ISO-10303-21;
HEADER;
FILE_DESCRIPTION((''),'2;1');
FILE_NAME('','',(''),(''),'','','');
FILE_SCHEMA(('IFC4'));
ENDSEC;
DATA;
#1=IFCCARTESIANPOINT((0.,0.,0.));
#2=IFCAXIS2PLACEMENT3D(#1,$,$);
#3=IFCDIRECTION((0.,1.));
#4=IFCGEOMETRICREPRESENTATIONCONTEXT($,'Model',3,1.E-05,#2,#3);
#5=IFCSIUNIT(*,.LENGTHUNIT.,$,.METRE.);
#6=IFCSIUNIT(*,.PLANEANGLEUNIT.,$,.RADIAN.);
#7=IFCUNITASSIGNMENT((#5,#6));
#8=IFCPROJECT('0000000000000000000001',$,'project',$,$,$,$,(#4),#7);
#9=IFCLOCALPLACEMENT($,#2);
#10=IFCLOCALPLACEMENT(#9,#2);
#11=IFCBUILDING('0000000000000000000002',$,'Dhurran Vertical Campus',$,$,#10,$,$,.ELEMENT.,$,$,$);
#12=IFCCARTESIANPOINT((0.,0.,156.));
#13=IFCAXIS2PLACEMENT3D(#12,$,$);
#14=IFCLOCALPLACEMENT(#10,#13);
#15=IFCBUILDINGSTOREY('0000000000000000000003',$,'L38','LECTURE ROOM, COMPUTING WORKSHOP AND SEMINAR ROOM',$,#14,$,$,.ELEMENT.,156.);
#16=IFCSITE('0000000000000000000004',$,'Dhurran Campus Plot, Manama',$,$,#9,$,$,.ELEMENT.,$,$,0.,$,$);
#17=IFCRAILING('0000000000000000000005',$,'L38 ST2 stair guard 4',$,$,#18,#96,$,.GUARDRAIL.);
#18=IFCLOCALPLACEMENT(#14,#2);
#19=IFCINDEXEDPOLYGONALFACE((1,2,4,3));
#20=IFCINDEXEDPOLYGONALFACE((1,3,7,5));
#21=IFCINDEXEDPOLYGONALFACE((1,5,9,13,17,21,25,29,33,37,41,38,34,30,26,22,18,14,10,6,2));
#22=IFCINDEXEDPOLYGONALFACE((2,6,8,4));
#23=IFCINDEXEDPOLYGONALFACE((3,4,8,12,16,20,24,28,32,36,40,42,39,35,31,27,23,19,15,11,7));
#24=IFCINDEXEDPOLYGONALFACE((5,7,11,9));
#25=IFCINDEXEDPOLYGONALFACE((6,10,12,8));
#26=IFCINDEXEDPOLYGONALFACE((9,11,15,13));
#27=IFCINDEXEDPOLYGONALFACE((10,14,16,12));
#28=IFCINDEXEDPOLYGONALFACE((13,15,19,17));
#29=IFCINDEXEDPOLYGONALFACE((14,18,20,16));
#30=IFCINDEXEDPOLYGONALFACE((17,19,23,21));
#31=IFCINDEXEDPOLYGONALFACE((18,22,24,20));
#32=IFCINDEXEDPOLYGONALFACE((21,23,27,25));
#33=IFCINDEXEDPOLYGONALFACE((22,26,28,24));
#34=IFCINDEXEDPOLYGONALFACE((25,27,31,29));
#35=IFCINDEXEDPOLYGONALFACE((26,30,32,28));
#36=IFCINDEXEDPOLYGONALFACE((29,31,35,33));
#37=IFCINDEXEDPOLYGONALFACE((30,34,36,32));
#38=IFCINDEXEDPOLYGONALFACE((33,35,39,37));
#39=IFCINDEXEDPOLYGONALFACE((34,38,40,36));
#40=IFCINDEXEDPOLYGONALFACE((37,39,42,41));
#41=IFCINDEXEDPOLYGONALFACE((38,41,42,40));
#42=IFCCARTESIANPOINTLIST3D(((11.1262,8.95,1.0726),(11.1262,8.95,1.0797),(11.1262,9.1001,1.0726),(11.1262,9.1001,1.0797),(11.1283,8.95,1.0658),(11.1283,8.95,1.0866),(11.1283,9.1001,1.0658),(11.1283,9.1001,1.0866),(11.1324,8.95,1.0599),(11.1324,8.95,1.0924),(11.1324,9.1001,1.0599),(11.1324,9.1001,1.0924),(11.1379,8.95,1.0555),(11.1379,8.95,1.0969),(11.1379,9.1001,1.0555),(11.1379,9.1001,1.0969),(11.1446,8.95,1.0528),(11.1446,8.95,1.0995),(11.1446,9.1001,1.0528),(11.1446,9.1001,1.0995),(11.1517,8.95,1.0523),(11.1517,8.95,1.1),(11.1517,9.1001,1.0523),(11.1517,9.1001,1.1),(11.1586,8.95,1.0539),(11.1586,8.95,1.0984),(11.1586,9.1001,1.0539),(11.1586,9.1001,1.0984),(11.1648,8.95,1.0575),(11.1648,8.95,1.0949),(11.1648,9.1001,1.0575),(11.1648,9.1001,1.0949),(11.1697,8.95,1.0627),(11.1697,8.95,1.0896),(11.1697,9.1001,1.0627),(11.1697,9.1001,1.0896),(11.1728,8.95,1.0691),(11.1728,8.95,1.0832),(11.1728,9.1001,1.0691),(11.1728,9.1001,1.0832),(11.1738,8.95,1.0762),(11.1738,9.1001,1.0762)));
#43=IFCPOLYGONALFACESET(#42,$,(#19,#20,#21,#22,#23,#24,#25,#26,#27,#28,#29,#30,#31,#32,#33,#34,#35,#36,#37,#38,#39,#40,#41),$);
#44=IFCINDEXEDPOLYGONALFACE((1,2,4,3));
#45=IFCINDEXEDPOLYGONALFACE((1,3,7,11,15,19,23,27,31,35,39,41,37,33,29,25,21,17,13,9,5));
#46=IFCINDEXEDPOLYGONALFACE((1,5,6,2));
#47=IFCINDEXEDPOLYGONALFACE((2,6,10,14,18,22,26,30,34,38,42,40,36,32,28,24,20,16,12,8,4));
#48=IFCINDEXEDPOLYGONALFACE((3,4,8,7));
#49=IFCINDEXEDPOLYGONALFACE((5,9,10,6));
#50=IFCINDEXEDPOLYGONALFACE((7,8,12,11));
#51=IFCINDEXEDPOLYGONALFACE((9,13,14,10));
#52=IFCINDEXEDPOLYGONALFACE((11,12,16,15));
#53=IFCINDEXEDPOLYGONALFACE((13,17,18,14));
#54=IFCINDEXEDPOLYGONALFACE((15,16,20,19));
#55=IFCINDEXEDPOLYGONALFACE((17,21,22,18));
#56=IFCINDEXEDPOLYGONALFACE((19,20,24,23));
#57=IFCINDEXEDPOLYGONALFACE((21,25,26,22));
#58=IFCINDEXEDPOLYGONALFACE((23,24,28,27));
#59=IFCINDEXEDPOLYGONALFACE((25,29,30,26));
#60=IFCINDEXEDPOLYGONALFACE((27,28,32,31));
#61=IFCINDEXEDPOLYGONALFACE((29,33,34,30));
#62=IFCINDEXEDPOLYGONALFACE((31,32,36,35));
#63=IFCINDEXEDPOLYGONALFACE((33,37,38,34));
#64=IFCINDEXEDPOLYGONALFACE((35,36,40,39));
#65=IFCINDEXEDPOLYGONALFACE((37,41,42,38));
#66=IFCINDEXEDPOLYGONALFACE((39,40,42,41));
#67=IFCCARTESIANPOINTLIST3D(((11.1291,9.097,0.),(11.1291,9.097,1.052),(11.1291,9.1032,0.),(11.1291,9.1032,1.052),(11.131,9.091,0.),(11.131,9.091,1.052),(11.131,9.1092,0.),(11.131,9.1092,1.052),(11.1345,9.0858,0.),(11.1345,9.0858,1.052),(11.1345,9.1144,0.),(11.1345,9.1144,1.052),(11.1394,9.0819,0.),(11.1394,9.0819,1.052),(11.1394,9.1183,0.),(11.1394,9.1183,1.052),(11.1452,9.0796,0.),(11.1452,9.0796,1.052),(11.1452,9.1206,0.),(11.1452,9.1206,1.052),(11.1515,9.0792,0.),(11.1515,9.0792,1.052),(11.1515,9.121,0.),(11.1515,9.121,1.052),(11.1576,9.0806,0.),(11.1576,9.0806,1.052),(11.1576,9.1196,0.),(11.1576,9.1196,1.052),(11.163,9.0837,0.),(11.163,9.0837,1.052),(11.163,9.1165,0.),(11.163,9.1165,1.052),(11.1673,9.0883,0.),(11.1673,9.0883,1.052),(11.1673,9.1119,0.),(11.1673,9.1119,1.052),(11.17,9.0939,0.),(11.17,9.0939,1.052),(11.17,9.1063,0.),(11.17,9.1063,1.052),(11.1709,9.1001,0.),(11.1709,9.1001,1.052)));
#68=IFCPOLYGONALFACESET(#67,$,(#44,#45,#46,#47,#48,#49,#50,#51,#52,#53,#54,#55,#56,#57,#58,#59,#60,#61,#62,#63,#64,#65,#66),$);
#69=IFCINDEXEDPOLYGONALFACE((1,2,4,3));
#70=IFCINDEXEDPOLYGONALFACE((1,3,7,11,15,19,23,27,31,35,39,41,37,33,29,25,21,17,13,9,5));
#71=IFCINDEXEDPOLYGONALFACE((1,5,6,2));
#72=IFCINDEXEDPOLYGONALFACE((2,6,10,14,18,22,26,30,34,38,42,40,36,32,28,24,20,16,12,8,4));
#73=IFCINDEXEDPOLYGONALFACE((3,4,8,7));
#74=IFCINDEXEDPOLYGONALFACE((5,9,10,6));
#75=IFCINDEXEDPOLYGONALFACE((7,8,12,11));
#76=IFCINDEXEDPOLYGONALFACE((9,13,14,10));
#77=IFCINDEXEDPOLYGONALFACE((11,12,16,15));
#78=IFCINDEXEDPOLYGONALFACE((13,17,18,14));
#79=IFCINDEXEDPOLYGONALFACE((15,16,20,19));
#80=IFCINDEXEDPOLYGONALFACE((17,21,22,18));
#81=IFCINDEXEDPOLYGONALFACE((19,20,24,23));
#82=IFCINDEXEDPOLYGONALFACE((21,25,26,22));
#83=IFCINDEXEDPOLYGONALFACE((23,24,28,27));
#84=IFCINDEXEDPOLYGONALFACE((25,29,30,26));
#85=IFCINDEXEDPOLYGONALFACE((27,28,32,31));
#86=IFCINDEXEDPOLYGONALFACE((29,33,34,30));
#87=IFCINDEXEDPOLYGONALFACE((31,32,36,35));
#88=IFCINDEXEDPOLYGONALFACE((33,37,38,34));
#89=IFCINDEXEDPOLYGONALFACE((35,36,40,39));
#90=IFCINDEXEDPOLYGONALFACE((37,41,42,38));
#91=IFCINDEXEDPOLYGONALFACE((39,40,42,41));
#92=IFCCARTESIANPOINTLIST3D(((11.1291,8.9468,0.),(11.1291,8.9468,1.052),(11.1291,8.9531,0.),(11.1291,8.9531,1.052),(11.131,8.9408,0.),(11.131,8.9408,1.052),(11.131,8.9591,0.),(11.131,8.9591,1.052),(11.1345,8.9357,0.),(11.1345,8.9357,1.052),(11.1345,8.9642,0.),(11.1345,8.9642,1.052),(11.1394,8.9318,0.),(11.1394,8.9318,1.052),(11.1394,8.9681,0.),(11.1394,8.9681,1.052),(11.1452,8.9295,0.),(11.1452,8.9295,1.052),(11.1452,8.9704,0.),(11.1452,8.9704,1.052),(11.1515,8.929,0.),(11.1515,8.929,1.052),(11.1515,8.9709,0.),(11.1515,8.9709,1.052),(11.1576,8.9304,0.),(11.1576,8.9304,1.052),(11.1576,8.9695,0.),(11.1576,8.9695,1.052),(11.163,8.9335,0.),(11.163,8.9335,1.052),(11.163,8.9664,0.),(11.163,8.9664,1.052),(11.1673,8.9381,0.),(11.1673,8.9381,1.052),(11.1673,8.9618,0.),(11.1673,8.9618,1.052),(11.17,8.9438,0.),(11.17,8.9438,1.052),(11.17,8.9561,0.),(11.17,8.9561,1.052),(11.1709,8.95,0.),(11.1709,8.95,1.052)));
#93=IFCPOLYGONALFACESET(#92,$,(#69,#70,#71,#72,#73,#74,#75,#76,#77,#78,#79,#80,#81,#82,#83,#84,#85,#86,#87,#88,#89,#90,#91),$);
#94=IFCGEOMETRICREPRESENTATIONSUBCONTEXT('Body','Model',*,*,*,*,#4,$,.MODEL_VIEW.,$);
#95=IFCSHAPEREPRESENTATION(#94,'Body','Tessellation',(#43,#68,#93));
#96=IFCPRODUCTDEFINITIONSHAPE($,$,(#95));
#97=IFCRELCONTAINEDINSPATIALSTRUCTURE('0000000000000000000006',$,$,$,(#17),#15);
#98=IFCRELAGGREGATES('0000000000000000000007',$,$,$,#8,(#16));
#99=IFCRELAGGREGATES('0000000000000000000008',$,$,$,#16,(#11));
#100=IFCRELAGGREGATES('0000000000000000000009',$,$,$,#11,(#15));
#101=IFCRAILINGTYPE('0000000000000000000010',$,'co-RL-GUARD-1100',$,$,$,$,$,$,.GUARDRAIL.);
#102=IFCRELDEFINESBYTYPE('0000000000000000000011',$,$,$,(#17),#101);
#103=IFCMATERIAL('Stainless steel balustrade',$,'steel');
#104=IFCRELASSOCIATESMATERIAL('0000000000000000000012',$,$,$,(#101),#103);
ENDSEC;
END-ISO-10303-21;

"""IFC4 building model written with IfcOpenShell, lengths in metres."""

from ifc_helpers import new_model, si_unit, direction, frame, origin, origin_2d, place, context, subcontext, project, spatial, circle, extrude, material, type_object, element, save


model = new_model("IFC4")

# Units and contexts
model_context = context("Model", 3, precision=1e-05, world=origin(), true_north=direction((0.0, 1.0)))
body_context = subcontext(model_context, "Body", "Model", "MODEL_VIEW")
ifc_project = project(units=[si_unit("LENGTHUNIT", "METRE"), si_unit("PLANEANGLEUNIT", "RADIAN")], contexts=[model_context])

# Site, building, storey
site_placement = place(None, origin())
site = spatial("IfcSite", under=ifc_project, at=site_placement, Name="Dhurran Campus Plot, Manama", CompositionType="ELEMENT", RefElevation=0.0)
building_placement = place(site_placement, origin())
building = spatial("IfcBuilding", under=site, at=building_placement, Name="Dhurran Vertical Campus", CompositionType="ELEMENT")
storey_placement = place(building_placement, frame((0.0, 0.0, 156.0)))
storey = spatial("IfcBuildingStorey", under=building, at=storey_placement, Name="L38", Description="LECTURE ROOM, COMPUTING WORKSHOP AND SEMINAR ROOM", CompositionType="ELEMENT", Elevation=156.0)

# Railing
ifc_material_1 = material(Name="Stainless steel balustrade", Category="steel")
railing_type_1 = type_object("IfcRailingType", Name="co-RL-GUARD-1100", PredefinedType="GUARDRAIL", material=ifc_material_1)
railing_1_placement = place(storey_placement, frame((11.1499, 9.1001, 0.0)))
element("IfcRailing", 1, at=railing_1_placement, inside=storey, type_object=railing_type_1, Name="L38 ST2 stair guard 4", PredefinedType="GUARDRAIL", context=body_context, shape_type="SweptSolid", body=[
    extrude(circle(Radius=0.0239, at=origin_2d()), frame((0.0, 0.0, 1.0762), z_axis=(0.0, -1.0, 0.0), x_axis=(1.0, 0.0, 0.0)), (0.0, 0.0, 1.0), 0.1501),
    extrude(circle(Radius=0.021, at=origin_2d()), origin(), (0.0, 0.0, 1.0), 1.052),
    extrude(circle(Radius=0.021, at=origin_2d()), frame((0.0, -0.1501, 0.0)), (0.0, 0.0, 1.0), 1.052),
])

save(model, "model.ifc")
